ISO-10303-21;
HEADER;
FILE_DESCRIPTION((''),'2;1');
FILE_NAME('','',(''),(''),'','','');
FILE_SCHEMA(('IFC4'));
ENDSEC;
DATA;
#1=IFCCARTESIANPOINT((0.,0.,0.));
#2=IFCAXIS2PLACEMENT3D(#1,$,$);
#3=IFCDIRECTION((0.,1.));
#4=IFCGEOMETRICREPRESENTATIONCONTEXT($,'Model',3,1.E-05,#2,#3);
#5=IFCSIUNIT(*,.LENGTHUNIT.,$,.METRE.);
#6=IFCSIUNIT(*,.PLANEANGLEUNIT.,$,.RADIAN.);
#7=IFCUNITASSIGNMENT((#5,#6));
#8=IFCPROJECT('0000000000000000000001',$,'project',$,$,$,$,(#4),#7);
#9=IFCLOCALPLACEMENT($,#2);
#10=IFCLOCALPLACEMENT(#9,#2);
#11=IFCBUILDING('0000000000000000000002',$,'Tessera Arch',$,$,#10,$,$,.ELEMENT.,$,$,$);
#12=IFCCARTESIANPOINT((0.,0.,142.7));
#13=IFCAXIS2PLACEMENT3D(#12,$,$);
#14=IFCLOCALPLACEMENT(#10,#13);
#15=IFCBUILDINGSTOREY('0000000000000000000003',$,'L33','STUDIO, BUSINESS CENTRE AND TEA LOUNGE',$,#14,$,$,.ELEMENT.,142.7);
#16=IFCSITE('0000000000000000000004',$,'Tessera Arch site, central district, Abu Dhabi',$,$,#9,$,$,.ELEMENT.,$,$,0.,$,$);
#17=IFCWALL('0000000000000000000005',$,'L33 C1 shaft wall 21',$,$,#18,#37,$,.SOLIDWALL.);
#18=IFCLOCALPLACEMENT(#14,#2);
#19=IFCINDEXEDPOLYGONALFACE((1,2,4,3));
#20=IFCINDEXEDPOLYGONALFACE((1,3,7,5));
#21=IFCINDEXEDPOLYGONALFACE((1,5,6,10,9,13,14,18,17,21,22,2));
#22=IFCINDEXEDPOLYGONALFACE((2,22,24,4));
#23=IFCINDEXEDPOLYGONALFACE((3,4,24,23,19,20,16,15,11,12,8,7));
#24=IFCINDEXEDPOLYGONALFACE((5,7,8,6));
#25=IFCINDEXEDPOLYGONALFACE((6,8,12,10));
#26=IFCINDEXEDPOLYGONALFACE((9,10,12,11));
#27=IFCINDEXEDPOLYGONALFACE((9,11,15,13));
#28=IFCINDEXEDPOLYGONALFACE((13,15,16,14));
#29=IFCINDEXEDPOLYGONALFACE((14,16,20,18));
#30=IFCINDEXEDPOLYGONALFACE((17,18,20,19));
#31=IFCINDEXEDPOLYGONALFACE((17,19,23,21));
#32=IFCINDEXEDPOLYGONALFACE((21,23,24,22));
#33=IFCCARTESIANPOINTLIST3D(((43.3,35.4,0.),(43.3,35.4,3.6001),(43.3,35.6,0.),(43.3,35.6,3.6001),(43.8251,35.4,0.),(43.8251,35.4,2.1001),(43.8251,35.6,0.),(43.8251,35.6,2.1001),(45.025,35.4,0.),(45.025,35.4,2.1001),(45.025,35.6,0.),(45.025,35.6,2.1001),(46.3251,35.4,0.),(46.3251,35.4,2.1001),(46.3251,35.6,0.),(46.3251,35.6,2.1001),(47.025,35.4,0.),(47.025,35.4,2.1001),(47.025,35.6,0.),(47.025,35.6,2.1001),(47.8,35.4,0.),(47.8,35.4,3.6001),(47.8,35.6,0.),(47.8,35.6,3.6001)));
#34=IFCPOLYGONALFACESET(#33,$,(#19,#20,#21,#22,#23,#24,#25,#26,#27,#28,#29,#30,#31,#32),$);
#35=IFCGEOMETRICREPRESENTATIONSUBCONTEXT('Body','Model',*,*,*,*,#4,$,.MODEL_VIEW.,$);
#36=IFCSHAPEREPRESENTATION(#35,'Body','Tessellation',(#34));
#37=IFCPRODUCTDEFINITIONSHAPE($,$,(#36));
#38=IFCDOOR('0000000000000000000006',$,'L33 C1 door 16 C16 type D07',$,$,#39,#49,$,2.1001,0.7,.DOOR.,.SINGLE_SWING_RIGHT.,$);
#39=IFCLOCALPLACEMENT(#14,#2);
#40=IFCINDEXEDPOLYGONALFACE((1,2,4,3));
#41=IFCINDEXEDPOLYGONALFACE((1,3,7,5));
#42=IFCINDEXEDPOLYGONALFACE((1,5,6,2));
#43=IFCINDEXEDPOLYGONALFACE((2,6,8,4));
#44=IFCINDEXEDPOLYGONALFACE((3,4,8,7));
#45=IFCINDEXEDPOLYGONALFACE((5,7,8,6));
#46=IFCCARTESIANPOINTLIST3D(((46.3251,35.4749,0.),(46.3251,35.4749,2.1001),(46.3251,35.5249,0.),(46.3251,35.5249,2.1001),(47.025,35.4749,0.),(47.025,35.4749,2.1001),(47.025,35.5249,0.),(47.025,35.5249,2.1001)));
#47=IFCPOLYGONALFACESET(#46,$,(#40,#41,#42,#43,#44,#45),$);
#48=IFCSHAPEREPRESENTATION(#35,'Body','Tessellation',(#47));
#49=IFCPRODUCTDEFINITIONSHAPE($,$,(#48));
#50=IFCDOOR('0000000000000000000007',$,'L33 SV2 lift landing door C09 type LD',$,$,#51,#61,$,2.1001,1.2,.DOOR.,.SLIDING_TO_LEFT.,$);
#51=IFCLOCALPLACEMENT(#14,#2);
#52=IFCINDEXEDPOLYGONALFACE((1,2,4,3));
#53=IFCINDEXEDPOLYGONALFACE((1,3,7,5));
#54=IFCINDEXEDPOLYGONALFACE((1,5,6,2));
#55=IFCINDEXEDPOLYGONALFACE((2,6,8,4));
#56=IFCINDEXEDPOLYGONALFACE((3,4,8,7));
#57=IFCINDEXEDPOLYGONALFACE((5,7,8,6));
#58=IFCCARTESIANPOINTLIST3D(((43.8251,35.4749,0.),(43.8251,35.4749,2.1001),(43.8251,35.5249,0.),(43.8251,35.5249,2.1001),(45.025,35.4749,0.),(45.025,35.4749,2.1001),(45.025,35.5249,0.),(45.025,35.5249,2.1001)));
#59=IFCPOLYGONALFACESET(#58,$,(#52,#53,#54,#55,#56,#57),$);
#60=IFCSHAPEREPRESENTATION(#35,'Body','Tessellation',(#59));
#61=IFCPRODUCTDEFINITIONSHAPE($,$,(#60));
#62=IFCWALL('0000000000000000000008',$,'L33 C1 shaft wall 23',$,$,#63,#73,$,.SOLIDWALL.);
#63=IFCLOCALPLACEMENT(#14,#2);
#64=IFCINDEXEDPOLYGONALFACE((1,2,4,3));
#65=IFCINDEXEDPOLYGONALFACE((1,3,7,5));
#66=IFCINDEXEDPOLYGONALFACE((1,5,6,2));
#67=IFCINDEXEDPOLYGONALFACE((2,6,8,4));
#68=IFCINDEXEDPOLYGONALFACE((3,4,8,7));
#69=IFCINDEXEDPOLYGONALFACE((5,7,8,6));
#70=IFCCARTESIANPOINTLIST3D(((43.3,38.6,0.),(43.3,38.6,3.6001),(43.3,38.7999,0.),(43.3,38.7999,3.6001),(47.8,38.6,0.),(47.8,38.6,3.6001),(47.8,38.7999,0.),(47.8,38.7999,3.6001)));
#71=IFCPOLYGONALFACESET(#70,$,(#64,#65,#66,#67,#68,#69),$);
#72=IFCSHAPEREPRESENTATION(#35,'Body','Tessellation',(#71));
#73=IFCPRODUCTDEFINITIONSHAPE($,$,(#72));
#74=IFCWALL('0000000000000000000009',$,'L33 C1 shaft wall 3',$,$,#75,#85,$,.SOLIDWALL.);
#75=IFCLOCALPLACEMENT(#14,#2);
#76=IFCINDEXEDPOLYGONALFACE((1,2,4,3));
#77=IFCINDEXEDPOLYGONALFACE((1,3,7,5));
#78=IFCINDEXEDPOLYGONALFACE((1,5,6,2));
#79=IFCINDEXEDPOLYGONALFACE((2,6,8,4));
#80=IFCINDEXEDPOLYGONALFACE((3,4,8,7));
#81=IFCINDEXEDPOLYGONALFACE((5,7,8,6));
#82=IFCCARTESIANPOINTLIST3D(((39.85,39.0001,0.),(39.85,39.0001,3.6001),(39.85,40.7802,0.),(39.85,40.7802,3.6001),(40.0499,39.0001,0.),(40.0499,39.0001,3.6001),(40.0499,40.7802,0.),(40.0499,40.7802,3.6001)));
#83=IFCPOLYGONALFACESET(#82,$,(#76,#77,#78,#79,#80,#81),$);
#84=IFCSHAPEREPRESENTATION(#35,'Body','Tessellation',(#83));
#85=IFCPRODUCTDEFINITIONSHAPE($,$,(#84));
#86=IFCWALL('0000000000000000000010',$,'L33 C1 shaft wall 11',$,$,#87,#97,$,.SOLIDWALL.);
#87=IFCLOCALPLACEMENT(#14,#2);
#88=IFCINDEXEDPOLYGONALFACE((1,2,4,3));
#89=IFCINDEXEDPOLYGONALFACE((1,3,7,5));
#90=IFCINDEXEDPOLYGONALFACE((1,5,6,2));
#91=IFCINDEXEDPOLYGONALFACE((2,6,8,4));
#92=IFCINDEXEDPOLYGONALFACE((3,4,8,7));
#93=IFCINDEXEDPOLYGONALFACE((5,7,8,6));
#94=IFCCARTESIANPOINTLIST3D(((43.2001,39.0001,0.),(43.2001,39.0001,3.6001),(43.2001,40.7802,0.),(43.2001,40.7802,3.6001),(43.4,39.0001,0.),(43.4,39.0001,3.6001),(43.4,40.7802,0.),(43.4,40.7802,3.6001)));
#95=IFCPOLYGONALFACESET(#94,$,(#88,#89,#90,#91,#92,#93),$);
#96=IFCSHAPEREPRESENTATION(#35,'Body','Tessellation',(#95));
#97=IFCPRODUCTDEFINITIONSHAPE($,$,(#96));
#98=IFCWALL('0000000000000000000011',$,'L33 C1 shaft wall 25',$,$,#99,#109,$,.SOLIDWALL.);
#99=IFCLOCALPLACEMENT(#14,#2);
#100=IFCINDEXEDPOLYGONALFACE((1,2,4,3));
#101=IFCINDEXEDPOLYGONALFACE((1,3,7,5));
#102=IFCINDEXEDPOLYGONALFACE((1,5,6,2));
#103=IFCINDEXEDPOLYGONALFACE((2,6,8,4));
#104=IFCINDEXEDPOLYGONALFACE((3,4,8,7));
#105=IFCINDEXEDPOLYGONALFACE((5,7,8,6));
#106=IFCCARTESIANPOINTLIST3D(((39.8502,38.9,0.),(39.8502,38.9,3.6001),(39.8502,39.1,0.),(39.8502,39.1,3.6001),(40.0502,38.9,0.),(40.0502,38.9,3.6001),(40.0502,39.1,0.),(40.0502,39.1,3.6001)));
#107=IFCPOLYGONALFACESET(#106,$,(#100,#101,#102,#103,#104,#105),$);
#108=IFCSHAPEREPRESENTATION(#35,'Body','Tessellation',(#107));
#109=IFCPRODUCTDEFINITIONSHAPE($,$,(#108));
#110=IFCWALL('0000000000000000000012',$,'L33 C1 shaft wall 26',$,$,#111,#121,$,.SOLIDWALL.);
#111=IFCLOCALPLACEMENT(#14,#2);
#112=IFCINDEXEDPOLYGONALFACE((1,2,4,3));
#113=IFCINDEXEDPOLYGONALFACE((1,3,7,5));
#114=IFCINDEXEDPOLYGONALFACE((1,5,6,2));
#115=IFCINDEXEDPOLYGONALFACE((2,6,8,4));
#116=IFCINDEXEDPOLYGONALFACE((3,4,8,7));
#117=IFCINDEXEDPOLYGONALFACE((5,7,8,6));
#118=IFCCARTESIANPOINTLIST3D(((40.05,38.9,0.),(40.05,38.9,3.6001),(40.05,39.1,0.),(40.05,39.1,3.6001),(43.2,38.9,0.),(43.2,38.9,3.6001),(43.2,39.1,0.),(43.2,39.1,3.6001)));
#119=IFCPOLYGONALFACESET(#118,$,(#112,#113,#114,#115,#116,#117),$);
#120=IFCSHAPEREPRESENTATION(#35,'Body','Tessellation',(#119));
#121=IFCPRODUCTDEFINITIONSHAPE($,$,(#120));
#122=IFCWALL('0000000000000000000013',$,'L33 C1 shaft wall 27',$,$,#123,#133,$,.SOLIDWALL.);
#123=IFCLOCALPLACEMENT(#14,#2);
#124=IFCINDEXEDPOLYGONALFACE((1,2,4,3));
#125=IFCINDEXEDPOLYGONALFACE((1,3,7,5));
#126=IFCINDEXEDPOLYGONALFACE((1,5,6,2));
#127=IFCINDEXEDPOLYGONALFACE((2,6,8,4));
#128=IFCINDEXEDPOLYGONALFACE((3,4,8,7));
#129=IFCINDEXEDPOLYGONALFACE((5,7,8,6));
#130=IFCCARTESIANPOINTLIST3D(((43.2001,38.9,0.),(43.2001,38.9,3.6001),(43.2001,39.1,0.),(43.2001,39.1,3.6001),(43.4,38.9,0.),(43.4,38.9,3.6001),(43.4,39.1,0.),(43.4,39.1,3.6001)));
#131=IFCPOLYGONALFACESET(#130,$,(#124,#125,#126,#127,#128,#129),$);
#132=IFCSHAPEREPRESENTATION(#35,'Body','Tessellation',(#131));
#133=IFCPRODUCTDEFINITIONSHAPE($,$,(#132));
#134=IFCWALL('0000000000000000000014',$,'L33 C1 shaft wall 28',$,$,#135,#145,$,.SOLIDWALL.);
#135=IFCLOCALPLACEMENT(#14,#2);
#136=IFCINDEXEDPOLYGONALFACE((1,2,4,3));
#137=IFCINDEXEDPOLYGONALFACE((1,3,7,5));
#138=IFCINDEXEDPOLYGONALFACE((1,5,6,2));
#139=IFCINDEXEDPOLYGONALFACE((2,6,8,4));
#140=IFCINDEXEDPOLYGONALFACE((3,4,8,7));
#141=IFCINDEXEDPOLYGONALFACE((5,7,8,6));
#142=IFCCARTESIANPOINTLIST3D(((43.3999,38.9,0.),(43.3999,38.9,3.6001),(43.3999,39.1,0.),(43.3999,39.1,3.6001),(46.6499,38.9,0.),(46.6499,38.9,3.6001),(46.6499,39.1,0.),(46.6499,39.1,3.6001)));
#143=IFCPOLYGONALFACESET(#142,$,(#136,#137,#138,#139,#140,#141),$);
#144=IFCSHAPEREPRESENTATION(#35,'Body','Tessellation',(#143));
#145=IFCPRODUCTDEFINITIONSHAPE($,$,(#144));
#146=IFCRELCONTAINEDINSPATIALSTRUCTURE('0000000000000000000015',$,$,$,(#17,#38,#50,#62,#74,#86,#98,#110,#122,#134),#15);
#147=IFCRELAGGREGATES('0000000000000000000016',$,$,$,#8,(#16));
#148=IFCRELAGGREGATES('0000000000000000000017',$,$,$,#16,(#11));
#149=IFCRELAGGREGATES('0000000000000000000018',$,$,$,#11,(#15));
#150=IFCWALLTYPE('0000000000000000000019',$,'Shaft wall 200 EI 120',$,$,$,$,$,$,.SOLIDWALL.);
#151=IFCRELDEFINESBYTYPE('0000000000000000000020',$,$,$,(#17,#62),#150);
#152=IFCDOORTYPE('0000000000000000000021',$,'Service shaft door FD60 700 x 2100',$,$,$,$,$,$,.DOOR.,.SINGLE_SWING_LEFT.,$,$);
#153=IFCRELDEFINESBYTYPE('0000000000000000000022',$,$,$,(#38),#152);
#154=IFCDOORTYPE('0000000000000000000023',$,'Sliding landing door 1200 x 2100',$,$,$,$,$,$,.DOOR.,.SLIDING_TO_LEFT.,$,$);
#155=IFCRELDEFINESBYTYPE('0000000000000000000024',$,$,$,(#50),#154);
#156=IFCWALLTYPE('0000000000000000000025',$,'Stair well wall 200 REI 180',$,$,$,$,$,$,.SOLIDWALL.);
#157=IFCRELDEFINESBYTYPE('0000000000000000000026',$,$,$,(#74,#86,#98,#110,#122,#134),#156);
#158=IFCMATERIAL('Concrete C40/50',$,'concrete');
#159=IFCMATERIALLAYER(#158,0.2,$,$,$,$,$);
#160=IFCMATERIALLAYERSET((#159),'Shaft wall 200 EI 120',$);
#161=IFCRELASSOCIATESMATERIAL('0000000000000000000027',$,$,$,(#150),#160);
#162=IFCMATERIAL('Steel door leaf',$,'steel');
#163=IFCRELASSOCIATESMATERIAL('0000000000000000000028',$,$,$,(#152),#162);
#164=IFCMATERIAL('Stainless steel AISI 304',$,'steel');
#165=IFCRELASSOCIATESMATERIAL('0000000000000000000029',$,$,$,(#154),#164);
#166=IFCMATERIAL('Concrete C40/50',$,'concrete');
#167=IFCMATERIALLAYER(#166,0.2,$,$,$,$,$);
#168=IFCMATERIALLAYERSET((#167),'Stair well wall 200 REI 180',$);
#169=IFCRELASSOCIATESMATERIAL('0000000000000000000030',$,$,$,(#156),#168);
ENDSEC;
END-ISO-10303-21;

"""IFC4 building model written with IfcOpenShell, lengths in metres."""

from ifc_helpers import new_model, si_unit, direction, frame, frame_2d, origin, place, context, subcontext, project, spatial, rectangle, extrude, material, layer, layer_set, type_object, element, fill, save


model = new_model("IFC4")

# Units and contexts
model_context = context("Model", 3, precision=1e-05, world=origin(), true_north=direction((0.0, 1.0)))
body_context = subcontext(model_context, "Body", "Model", "MODEL_VIEW")
ifc_project = project(units=[si_unit("LENGTHUNIT", "METRE"), si_unit("PLANEANGLEUNIT", "RADIAN")], contexts=[model_context])

# Site, building, storey
site_placement = place(None, origin())
site = spatial("IfcSite", under=ifc_project, at=site_placement, Name="Tessera Arch site, central district, Abu Dhabi", CompositionType="ELEMENT", RefElevation=0.0)
building_placement = place(site_placement, origin())
building = spatial("IfcBuilding", under=site, at=building_placement, Name="Tessera Arch", CompositionType="ELEMENT")
storey_placement = place(building_placement, frame((0.0, 0.0, 142.7)))
storey = spatial("IfcBuildingStorey", under=building, at=storey_placement, Name="L33", Description="STUDIO, BUSINESS CENTRE AND TEA LOUNGE", CompositionType="ELEMENT", Elevation=142.7)

# Shared definitions
ifc_material_1 = material(Name="Concrete C40/50", Category="concrete")
ifc_layer_1 = layer(ifc_material_1, 0.2)
ifc_layer_set_1 = layer_set([ifc_layer_1], Name="Shaft wall 200 EI 120")
wall_type_1 = type_object("IfcWallType", Name="Shaft wall 200 EI 120", PredefinedType="SOLIDWALL", material=ifc_layer_set_1)

# Wall, openings, doors
wall_1_placement = place(storey_placement, frame((43.3, 35.5, 0.0), z_axis=(0.0, 0.0, 1.0), x_axis=(1.0, 0.0, 0.0)))
wall_1 = element("IfcWall", 1, at=wall_1_placement, inside=storey, type_object=wall_type_1, Name="L33 C1 shaft wall 21", PredefinedType="SOLIDWALL", context=body_context, shape_type="SweptSolid", body=[
    extrude(rectangle(XDim=4.5, YDim=0.2, at=frame_2d((2.25, 0.0))), origin(), (0.0, 0.0, 1.0), 3.6001),
])
opening_1_placement = place(wall_1_placement, frame((0.5249, 0.0, 0.0)))
opening_1 = element("IfcOpeningElement", 2, at=opening_1_placement, cuts=wall_1, PredefinedType="OPENING", context=body_context, shape_type="SweptSolid", body=[
    extrude(rectangle(XDim=1.2, YDim=2.1001, at=frame_2d((0.6001, 1.05))), frame((0.0, 0.1099, 0.0), z_axis=(0.0, -1.0, 0.0), x_axis=(1.0, 0.0, 0.0)), (0.0, 0.0, 1.0), 0.22),
])
opening_2_placement = place(wall_1_placement, frame((3.0249, 0.0, 0.0)))
opening_2 = element("IfcOpeningElement", 3, at=opening_2_placement, cuts=wall_1, PredefinedType="OPENING", context=body_context, shape_type="SweptSolid", body=[
    extrude(rectangle(XDim=0.7, YDim=2.1001, at=frame_2d((0.3501, 1.05))), frame((0.0, 0.1099, 0.0), z_axis=(0.0, -1.0, 0.0), x_axis=(1.0, 0.0, 0.0)), (0.0, 0.0, 1.0), 0.22),
])
ifc_material_2 = material(Name="Steel door leaf", Category="steel")
door_type_1 = type_object("IfcDoorType", Name="Service shaft door FD60 700 x 2100", OperationType="SINGLE_SWING_LEFT", PredefinedType="DOOR", material=ifc_material_2)
door_1_placement = place(opening_2_placement, origin())
door_1 = element("IfcDoor", 4, at=door_1_placement, inside=storey, type_object=door_type_1, Name="L33 C1 door 16 C16 type D07", OperationType="SINGLE_SWING_RIGHT", OverallHeight=2.1001, OverallWidth=0.7, PredefinedType="DOOR", context=body_context, shape_type="SweptSolid", body=[
    extrude(rectangle(XDim=0.7, YDim=2.1001, at=frame_2d((0.3501, 1.05))), frame((0.0, 0.0249, 0.0), z_axis=(0.0, -1.0, 0.0), x_axis=(1.0, 0.0, 0.0)), (0.0, 0.0, 1.0), 0.05),
])
fill(opening_2, door_1)
ifc_material_3 = material(Name="Stainless steel AISI 304", Category="steel")
door_type_2 = type_object("IfcDoorType", Name="Sliding landing door 1200 x 2100", OperationType="SLIDING_TO_LEFT", PredefinedType="DOOR", material=ifc_material_3)
door_2_placement = place(opening_1_placement, origin())
door_2 = element("IfcDoor", 5, at=door_2_placement, inside=storey, type_object=door_type_2, Name="L33 SV2 lift landing door C09 type LD", OperationType="SLIDING_TO_LEFT", OverallHeight=2.1001, OverallWidth=1.2, PredefinedType="DOOR", context=body_context, shape_type="SweptSolid", body=[
    extrude(rectangle(XDim=1.2, YDim=2.1001, at=frame_2d((0.6001, 1.05))), frame((0.0, 0.0249, 0.0), z_axis=(0.0, -1.0, 0.0), x_axis=(1.0, 0.0, 0.0)), (0.0, 0.0, 1.0), 0.05),
])
fill(opening_1, door_2)

# Walls
wall_2_placement = place(storey_placement, frame((43.3, 38.7, 0.0), z_axis=(0.0, 0.0, 1.0), x_axis=(1.0, 0.0, 0.0)))
element("IfcWall", 6, at=wall_2_placement, inside=storey, type_object=wall_type_1, Name="L33 C1 shaft wall 23", PredefinedType="SOLIDWALL", context=body_context, shape_type="SweptSolid", body=[
    extrude(rectangle(XDim=4.5, YDim=0.2, at=frame_2d((2.25, 0.0))), origin(), (0.0, 0.0, 1.0), 3.6001),
])
ifc_material_4 = material(Name="Concrete C40/50", Category="concrete")
ifc_layer_2 = layer(ifc_material_4, 0.2)
ifc_layer_set_2 = layer_set([ifc_layer_2], Name="Stair well wall 200 REI 180")
wall_type_2 = type_object("IfcWallType", Name="Stair well wall 200 REI 180", PredefinedType="SOLIDWALL", material=ifc_layer_set_2)
for number, where, z_axis, x_axis, name in (
    (7, (39.95, 39.0, 0.0), (0.0, 0.0, 1.0), (0.0, 1.0, 0.0), "L33 C1 shaft wall 3"),
    (8, (43.3, 39.0, 0.0), (0.0, 0.0, 1.0), (0.0, 1.0, 0.0), "L33 C1 shaft wall 11"),
):
    element("IfcWall", number, at=place(storey_placement, frame(where, z_axis=z_axis, x_axis=x_axis)), inside=storey, type_object=wall_type_2, Name=name, PredefinedType="SOLIDWALL", context=body_context, shape_type="SweptSolid", body=[
        extrude(rectangle(XDim=1.78, YDim=0.2, at=frame_2d((0.8901, 0.0))), origin(), (0.0, 0.0, 1.0), 3.6001),
    ])
wall_3_placement = place(storey_placement, frame((39.8501, 39.0, 0.0), z_axis=(0.0, 0.0, 1.0), x_axis=(1.0, 0.0, 0.0)))
element("IfcWall", 9, at=wall_3_placement, inside=storey, type_object=wall_type_2, Name="L33 C1 shaft wall 25", PredefinedType="SOLIDWALL", context=body_context, shape_type="SweptSolid", body=[
    extrude(rectangle(XDim=0.2, YDim=0.2, at=frame_2d((0.1001, 0.0))), origin(), (0.0, 0.0, 1.0), 3.6001),
])
wall_4_placement = place(storey_placement, frame((40.05, 39.0, 0.0), z_axis=(0.0, 0.0, 1.0), x_axis=(1.0, 0.0, 0.0)))
element("IfcWall", 10, at=wall_4_placement, inside=storey, type_object=wall_type_2, Name="L33 C1 shaft wall 26", PredefinedType="SOLIDWALL", context=body_context, shape_type="SweptSolid", body=[
    extrude(rectangle(XDim=3.1499, YDim=0.2, at=frame_2d((1.575, 0.0))), origin(), (0.0, 0.0, 1.0), 3.6001),
])
wall_5_placement = place(storey_placement, frame((43.2, 39.0, 0.0), z_axis=(0.0, 0.0, 1.0), x_axis=(1.0, 0.0, 0.0)))
element("IfcWall", 11, at=wall_5_placement, inside=storey, type_object=wall_type_2, Name="L33 C1 shaft wall 27", PredefinedType="SOLIDWALL", context=body_context, shape_type="SweptSolid", body=[
    extrude(rectangle(XDim=0.2, YDim=0.2, at=frame_2d((0.1001, 0.0))), origin(), (0.0, 0.0, 1.0), 3.6001),
])
wall_6_placement = place(storey_placement, frame((43.3999, 39.0, 0.0), z_axis=(0.0, 0.0, 1.0), x_axis=(1.0, 0.0, 0.0)))
element("IfcWall", 12, at=wall_6_placement, inside=storey, type_object=wall_type_2, Name="L33 C1 shaft wall 28", PredefinedType="SOLIDWALL", context=body_context, shape_type="SweptSolid", body=[
    extrude(rectangle(XDim=3.25, YDim=0.2, at=frame_2d((1.625, 0.0))), origin(), (0.0, 0.0, 1.0), 3.6001),
])

save(model, "model.ifc")
